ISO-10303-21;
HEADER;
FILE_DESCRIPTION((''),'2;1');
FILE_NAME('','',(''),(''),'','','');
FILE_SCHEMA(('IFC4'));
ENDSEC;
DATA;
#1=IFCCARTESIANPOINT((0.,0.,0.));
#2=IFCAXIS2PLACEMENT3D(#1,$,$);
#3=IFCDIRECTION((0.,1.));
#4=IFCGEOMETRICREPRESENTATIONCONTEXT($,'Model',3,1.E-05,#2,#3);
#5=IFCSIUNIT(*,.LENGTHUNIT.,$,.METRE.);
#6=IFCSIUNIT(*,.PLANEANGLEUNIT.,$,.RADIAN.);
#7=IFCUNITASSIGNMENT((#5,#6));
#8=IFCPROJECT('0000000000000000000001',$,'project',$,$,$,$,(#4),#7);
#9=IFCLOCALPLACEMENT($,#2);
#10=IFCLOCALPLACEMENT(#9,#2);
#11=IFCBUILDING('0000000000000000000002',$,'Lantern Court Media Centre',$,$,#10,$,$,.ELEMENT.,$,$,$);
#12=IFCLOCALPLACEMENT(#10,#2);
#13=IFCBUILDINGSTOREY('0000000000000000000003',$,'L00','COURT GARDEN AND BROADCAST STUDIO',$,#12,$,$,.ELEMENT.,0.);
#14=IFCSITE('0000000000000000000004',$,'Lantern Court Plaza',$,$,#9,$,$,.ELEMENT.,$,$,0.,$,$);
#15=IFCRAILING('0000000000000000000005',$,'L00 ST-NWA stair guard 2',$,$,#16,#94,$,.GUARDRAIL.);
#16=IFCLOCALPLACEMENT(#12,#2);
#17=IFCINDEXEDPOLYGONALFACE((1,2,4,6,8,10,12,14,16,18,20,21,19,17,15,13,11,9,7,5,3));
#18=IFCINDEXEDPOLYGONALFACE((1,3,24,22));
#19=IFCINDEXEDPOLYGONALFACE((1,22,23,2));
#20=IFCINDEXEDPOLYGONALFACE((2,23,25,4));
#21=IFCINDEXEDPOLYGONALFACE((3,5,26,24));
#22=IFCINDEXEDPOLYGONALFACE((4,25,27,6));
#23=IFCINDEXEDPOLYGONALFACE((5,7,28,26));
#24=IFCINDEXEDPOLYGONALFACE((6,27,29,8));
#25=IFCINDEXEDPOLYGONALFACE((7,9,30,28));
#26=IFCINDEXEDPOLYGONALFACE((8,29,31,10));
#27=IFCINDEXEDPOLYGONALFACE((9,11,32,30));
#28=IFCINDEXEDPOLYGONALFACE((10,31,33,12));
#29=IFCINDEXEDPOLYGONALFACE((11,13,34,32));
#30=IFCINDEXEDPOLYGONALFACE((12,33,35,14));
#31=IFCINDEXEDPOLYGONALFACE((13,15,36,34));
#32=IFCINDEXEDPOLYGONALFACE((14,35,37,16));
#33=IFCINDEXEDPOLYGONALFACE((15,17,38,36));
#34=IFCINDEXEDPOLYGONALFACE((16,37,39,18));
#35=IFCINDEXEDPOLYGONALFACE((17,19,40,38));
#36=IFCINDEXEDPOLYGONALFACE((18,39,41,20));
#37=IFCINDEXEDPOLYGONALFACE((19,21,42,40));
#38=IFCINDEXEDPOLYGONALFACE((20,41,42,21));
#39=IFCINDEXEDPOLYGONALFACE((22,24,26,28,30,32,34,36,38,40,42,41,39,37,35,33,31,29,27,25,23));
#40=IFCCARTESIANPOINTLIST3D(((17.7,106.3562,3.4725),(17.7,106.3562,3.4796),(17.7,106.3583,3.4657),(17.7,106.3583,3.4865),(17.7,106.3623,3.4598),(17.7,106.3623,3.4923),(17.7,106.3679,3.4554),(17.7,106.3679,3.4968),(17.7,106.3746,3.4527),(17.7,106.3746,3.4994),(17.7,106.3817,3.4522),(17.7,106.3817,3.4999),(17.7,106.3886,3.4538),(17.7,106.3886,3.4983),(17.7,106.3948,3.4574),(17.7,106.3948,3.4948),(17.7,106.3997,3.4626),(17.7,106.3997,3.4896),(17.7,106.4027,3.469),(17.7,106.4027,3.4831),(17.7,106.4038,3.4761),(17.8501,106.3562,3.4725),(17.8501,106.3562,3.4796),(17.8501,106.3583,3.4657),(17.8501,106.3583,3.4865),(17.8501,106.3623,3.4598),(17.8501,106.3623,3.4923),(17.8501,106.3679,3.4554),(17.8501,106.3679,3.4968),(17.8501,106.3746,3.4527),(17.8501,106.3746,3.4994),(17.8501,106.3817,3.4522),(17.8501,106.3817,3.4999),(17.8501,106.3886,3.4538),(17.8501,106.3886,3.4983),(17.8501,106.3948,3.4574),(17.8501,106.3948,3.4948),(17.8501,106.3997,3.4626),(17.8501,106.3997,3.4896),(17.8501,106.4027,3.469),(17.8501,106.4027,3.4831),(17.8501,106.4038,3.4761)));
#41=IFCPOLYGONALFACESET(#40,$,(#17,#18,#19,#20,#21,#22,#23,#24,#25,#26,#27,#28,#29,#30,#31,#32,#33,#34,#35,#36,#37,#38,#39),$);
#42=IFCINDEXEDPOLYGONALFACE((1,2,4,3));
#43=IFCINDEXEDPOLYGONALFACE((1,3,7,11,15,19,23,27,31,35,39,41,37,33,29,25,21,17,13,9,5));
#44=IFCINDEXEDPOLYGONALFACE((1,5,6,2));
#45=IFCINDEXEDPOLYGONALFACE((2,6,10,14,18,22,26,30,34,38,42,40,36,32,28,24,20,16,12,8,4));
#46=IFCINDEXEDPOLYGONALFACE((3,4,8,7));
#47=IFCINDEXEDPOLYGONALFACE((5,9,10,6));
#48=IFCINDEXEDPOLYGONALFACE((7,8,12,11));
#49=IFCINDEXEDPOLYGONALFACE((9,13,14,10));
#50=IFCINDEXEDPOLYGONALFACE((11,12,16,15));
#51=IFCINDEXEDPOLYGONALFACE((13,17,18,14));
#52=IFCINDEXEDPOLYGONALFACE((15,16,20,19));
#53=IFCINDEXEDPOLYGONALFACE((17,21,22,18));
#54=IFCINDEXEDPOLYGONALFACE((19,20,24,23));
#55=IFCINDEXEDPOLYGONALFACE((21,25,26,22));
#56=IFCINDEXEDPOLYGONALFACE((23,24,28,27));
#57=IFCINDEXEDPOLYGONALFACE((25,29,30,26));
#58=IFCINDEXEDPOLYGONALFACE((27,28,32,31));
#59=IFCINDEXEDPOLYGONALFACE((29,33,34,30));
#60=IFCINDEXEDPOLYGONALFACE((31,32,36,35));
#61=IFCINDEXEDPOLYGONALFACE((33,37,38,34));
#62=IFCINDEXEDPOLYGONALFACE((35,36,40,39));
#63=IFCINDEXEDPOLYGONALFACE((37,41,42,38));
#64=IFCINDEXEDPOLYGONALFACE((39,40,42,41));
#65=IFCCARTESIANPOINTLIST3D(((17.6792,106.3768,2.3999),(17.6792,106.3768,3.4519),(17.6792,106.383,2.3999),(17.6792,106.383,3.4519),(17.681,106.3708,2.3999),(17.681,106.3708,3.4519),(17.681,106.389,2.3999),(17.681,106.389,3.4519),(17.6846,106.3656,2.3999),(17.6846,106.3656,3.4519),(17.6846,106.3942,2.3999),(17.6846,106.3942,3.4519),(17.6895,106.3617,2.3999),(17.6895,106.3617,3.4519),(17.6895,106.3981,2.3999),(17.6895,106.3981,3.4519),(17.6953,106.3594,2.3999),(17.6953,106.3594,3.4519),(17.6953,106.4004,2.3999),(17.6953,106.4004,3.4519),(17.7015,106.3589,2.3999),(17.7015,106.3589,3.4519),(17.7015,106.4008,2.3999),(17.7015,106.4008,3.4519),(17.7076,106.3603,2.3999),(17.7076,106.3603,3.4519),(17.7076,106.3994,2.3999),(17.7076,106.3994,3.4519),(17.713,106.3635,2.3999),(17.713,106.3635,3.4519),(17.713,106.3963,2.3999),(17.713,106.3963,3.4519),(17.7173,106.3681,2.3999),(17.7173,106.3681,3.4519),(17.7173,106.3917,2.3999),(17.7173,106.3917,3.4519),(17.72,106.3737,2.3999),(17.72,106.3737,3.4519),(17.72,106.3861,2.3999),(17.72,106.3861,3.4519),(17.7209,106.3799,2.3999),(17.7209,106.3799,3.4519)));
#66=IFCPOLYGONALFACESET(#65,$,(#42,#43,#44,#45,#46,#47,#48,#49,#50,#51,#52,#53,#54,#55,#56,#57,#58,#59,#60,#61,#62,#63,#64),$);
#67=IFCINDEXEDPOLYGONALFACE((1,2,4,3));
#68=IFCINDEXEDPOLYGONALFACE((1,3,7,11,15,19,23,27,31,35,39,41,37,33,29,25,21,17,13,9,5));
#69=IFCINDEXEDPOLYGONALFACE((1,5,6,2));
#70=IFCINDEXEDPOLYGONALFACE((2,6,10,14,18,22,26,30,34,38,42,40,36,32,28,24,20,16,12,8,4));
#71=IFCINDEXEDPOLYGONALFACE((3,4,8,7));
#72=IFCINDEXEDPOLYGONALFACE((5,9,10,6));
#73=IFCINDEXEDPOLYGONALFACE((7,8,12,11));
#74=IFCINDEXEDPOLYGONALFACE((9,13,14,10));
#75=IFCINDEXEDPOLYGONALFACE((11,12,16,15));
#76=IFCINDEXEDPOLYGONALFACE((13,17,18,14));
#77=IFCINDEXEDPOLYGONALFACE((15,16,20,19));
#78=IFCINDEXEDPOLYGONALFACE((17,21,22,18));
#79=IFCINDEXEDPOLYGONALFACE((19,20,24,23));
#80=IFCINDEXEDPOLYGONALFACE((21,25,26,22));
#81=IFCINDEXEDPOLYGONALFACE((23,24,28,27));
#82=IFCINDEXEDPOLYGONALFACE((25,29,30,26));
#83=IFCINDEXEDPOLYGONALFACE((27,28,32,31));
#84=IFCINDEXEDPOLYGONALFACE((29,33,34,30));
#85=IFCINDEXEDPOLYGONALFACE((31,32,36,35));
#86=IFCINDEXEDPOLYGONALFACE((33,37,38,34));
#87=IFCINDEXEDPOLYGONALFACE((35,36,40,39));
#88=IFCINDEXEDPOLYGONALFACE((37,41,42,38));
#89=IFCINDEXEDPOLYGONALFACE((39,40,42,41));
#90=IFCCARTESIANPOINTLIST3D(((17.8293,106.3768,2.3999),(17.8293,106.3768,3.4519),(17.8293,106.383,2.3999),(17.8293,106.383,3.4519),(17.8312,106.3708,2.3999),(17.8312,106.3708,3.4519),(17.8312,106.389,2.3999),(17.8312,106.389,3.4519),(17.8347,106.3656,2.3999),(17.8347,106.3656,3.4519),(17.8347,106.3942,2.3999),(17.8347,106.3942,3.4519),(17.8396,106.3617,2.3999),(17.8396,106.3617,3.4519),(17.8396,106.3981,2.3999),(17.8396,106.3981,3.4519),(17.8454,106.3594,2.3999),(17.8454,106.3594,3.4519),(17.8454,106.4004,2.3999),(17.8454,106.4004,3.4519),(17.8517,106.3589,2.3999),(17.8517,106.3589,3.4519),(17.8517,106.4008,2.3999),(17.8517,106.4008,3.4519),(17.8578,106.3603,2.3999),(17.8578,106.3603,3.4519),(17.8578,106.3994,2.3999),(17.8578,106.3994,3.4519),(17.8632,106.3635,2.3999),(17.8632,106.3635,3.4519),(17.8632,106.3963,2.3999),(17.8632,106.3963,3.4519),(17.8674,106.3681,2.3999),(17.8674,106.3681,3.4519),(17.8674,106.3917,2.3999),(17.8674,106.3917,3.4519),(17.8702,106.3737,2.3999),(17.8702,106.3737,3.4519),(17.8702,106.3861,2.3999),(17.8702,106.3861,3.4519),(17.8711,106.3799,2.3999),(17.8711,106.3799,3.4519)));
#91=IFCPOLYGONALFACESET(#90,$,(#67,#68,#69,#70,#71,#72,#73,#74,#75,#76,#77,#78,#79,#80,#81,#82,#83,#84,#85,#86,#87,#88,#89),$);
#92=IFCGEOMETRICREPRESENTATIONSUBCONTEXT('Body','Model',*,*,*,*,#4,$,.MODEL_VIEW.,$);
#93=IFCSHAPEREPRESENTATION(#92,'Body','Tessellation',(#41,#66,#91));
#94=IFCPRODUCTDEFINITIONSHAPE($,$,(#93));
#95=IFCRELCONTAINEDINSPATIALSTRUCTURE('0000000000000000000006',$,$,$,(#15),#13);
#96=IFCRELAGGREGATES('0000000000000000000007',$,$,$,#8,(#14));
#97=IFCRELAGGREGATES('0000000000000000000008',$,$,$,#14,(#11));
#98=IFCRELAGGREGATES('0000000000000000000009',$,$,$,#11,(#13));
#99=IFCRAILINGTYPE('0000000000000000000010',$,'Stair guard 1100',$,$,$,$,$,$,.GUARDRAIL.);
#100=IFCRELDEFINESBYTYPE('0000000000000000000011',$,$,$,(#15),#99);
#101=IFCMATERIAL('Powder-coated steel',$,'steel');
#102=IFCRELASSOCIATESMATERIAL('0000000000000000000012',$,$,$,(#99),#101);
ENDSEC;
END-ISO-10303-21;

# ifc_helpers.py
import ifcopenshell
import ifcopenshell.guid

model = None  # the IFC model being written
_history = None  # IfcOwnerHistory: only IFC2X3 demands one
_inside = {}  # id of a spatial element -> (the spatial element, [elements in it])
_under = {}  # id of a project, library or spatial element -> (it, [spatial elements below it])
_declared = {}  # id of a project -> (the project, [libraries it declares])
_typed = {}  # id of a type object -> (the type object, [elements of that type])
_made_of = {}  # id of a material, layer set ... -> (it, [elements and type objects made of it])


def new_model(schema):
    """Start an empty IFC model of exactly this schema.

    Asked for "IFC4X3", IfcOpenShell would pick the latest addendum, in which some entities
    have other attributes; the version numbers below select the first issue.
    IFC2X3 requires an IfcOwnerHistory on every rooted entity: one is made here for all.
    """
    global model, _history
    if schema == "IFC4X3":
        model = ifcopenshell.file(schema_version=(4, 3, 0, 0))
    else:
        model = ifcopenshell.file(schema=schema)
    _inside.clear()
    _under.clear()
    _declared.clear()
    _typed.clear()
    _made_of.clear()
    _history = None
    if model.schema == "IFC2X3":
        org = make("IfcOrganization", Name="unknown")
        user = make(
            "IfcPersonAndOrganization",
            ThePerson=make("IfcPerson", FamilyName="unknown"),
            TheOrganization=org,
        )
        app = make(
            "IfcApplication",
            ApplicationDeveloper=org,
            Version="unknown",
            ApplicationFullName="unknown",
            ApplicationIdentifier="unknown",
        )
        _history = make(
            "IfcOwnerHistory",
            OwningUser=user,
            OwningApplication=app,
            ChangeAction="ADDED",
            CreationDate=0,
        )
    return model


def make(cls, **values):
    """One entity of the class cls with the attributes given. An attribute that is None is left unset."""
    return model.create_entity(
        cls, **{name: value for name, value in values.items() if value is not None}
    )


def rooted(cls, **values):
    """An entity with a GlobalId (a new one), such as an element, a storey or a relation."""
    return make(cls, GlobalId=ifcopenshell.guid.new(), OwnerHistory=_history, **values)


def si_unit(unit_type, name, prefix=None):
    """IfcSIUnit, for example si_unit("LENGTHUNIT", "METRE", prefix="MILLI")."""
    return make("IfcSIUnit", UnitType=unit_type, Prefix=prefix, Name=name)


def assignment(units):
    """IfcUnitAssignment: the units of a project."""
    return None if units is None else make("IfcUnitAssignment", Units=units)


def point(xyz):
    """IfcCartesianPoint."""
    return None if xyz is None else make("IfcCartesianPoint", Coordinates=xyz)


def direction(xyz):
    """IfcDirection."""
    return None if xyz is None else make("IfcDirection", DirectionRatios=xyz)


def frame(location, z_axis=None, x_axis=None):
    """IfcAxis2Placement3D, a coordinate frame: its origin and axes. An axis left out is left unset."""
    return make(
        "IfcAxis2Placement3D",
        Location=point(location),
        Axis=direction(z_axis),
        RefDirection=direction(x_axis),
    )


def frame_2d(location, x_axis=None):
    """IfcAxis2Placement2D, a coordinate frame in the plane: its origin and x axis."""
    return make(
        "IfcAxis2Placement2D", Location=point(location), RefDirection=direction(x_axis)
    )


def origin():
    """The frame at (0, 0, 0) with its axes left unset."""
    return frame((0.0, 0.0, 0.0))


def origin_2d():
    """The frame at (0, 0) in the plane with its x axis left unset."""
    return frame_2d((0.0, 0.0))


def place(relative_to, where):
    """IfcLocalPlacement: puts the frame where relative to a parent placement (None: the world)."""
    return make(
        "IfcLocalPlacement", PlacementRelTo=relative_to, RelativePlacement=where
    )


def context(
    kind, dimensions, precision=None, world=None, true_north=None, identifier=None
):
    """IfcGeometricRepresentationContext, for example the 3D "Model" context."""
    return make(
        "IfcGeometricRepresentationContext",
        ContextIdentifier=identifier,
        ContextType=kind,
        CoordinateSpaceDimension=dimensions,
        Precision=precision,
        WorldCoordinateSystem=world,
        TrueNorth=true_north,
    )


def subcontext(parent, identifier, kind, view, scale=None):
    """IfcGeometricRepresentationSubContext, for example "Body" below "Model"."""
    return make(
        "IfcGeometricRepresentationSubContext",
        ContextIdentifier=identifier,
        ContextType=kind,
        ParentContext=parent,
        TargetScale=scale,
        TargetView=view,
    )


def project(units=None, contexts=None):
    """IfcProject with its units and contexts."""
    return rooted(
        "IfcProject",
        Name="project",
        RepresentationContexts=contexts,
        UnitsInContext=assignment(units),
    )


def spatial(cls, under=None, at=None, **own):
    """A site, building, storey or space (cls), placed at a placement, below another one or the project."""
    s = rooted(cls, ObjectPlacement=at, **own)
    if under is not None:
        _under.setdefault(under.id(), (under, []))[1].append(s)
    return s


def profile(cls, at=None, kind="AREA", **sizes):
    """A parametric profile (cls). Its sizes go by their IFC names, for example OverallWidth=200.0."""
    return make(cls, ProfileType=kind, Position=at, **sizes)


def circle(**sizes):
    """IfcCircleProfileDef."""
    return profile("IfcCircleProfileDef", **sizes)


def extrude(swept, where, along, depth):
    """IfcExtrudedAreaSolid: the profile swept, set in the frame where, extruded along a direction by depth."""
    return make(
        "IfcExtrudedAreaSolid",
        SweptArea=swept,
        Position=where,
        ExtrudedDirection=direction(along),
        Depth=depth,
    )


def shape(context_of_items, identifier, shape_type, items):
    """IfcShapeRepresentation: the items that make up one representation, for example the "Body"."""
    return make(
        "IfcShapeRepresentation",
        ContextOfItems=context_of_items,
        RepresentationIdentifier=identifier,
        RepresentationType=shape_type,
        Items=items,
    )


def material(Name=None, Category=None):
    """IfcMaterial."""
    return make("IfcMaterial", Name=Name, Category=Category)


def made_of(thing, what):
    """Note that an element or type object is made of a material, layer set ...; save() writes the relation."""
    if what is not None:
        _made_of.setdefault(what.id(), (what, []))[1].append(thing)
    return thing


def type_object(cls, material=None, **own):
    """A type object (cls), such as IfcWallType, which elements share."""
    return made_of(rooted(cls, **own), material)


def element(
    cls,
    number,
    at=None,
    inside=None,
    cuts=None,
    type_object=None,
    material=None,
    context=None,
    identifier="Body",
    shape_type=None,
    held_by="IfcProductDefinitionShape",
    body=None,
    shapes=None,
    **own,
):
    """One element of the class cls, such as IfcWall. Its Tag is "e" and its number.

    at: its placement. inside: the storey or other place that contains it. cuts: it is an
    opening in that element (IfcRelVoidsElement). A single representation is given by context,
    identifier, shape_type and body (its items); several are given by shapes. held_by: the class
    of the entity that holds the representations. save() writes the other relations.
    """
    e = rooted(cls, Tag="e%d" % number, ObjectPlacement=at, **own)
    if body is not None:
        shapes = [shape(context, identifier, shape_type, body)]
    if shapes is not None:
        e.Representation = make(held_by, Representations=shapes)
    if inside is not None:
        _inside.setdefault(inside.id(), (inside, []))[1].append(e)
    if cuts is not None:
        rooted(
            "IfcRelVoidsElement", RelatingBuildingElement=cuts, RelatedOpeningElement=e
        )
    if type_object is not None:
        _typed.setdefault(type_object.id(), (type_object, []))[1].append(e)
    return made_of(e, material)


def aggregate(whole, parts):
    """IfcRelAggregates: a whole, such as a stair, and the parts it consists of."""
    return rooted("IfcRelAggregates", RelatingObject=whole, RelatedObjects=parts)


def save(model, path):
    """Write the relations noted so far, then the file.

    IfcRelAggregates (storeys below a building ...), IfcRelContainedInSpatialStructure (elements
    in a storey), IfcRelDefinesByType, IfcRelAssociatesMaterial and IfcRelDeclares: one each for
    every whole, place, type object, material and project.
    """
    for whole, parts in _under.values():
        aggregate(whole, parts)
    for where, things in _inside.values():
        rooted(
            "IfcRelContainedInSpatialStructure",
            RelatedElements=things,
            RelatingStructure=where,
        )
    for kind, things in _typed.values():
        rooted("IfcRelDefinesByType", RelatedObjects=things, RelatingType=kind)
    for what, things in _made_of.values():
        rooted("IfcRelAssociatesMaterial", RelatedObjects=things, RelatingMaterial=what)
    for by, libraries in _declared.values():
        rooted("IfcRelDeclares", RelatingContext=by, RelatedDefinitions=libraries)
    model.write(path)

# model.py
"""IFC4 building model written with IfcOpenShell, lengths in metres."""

from ifc_helpers import new_model, si_unit, direction, frame, origin, origin_2d, place, context, subcontext, project, spatial, circle, extrude, material, type_object, element, save


model = new_model("IFC4")

# Units and contexts
model_context = context("Model", 3, precision=1e-05, world=origin(), true_north=direction((0.0, 1.0)))
body_context = subcontext(model_context, "Body", "Model", "MODEL_VIEW")
ifc_project = project(units=[si_unit("LENGTHUNIT", "METRE"), si_unit("PLANEANGLEUNIT", "RADIAN")], contexts=[model_context])

# Site, building, storey
site_placement = place(None, origin())
site = spatial("IfcSite", under=ifc_project, at=site_placement, Name="Lantern Court Plaza", CompositionType="ELEMENT", RefElevation=0.0)
building_placement = place(site_placement, origin())
building = spatial("IfcBuilding", under=site, at=building_placement, Name="Lantern Court Media Centre", CompositionType="ELEMENT")
storey_placement = place(building_placement, origin())
storey = spatial("IfcBuildingStorey", under=building, at=storey_placement, Name="L00", Description="COURT GARDEN AND BROADCAST STUDIO", CompositionType="ELEMENT", Elevation=0.0)

# Railing
ifc_material_1 = material(Name="Powder-coated steel", Category="steel")
railing_type_1 = type_object("IfcRailingType", Name="Stair guard 1100", PredefinedType="GUARDRAIL", material=ifc_material_1)
railing_1_placement = place(storey_placement, frame((17.7, 106.3799, 2.3999)))
element("IfcRailing", 1, at=railing_1_placement, inside=storey, type_object=railing_type_1, Name="L00 ST-NWA stair guard 2", PredefinedType="GUARDRAIL", context=body_context, shape_type="SweptSolid", body=[
    extrude(circle(Radius=0.0239, at=origin_2d()), frame((0.0, 0.0, 1.0762), z_axis=(1.0, 0.0, 0.0), x_axis=(0.0, 1.0, 0.0)), (0.0, 0.0, 1.0), 0.1501),
    extrude(circle(Radius=0.021, at=origin_2d()), origin(), (0.0, 0.0, 1.0), 1.052),
    extrude(circle(Radius=0.021, at=origin_2d()), frame((0.1501, 0.0, 0.0)), (0.0, 0.0, 1.0), 1.052),
])

save(model, "model.ifc")
